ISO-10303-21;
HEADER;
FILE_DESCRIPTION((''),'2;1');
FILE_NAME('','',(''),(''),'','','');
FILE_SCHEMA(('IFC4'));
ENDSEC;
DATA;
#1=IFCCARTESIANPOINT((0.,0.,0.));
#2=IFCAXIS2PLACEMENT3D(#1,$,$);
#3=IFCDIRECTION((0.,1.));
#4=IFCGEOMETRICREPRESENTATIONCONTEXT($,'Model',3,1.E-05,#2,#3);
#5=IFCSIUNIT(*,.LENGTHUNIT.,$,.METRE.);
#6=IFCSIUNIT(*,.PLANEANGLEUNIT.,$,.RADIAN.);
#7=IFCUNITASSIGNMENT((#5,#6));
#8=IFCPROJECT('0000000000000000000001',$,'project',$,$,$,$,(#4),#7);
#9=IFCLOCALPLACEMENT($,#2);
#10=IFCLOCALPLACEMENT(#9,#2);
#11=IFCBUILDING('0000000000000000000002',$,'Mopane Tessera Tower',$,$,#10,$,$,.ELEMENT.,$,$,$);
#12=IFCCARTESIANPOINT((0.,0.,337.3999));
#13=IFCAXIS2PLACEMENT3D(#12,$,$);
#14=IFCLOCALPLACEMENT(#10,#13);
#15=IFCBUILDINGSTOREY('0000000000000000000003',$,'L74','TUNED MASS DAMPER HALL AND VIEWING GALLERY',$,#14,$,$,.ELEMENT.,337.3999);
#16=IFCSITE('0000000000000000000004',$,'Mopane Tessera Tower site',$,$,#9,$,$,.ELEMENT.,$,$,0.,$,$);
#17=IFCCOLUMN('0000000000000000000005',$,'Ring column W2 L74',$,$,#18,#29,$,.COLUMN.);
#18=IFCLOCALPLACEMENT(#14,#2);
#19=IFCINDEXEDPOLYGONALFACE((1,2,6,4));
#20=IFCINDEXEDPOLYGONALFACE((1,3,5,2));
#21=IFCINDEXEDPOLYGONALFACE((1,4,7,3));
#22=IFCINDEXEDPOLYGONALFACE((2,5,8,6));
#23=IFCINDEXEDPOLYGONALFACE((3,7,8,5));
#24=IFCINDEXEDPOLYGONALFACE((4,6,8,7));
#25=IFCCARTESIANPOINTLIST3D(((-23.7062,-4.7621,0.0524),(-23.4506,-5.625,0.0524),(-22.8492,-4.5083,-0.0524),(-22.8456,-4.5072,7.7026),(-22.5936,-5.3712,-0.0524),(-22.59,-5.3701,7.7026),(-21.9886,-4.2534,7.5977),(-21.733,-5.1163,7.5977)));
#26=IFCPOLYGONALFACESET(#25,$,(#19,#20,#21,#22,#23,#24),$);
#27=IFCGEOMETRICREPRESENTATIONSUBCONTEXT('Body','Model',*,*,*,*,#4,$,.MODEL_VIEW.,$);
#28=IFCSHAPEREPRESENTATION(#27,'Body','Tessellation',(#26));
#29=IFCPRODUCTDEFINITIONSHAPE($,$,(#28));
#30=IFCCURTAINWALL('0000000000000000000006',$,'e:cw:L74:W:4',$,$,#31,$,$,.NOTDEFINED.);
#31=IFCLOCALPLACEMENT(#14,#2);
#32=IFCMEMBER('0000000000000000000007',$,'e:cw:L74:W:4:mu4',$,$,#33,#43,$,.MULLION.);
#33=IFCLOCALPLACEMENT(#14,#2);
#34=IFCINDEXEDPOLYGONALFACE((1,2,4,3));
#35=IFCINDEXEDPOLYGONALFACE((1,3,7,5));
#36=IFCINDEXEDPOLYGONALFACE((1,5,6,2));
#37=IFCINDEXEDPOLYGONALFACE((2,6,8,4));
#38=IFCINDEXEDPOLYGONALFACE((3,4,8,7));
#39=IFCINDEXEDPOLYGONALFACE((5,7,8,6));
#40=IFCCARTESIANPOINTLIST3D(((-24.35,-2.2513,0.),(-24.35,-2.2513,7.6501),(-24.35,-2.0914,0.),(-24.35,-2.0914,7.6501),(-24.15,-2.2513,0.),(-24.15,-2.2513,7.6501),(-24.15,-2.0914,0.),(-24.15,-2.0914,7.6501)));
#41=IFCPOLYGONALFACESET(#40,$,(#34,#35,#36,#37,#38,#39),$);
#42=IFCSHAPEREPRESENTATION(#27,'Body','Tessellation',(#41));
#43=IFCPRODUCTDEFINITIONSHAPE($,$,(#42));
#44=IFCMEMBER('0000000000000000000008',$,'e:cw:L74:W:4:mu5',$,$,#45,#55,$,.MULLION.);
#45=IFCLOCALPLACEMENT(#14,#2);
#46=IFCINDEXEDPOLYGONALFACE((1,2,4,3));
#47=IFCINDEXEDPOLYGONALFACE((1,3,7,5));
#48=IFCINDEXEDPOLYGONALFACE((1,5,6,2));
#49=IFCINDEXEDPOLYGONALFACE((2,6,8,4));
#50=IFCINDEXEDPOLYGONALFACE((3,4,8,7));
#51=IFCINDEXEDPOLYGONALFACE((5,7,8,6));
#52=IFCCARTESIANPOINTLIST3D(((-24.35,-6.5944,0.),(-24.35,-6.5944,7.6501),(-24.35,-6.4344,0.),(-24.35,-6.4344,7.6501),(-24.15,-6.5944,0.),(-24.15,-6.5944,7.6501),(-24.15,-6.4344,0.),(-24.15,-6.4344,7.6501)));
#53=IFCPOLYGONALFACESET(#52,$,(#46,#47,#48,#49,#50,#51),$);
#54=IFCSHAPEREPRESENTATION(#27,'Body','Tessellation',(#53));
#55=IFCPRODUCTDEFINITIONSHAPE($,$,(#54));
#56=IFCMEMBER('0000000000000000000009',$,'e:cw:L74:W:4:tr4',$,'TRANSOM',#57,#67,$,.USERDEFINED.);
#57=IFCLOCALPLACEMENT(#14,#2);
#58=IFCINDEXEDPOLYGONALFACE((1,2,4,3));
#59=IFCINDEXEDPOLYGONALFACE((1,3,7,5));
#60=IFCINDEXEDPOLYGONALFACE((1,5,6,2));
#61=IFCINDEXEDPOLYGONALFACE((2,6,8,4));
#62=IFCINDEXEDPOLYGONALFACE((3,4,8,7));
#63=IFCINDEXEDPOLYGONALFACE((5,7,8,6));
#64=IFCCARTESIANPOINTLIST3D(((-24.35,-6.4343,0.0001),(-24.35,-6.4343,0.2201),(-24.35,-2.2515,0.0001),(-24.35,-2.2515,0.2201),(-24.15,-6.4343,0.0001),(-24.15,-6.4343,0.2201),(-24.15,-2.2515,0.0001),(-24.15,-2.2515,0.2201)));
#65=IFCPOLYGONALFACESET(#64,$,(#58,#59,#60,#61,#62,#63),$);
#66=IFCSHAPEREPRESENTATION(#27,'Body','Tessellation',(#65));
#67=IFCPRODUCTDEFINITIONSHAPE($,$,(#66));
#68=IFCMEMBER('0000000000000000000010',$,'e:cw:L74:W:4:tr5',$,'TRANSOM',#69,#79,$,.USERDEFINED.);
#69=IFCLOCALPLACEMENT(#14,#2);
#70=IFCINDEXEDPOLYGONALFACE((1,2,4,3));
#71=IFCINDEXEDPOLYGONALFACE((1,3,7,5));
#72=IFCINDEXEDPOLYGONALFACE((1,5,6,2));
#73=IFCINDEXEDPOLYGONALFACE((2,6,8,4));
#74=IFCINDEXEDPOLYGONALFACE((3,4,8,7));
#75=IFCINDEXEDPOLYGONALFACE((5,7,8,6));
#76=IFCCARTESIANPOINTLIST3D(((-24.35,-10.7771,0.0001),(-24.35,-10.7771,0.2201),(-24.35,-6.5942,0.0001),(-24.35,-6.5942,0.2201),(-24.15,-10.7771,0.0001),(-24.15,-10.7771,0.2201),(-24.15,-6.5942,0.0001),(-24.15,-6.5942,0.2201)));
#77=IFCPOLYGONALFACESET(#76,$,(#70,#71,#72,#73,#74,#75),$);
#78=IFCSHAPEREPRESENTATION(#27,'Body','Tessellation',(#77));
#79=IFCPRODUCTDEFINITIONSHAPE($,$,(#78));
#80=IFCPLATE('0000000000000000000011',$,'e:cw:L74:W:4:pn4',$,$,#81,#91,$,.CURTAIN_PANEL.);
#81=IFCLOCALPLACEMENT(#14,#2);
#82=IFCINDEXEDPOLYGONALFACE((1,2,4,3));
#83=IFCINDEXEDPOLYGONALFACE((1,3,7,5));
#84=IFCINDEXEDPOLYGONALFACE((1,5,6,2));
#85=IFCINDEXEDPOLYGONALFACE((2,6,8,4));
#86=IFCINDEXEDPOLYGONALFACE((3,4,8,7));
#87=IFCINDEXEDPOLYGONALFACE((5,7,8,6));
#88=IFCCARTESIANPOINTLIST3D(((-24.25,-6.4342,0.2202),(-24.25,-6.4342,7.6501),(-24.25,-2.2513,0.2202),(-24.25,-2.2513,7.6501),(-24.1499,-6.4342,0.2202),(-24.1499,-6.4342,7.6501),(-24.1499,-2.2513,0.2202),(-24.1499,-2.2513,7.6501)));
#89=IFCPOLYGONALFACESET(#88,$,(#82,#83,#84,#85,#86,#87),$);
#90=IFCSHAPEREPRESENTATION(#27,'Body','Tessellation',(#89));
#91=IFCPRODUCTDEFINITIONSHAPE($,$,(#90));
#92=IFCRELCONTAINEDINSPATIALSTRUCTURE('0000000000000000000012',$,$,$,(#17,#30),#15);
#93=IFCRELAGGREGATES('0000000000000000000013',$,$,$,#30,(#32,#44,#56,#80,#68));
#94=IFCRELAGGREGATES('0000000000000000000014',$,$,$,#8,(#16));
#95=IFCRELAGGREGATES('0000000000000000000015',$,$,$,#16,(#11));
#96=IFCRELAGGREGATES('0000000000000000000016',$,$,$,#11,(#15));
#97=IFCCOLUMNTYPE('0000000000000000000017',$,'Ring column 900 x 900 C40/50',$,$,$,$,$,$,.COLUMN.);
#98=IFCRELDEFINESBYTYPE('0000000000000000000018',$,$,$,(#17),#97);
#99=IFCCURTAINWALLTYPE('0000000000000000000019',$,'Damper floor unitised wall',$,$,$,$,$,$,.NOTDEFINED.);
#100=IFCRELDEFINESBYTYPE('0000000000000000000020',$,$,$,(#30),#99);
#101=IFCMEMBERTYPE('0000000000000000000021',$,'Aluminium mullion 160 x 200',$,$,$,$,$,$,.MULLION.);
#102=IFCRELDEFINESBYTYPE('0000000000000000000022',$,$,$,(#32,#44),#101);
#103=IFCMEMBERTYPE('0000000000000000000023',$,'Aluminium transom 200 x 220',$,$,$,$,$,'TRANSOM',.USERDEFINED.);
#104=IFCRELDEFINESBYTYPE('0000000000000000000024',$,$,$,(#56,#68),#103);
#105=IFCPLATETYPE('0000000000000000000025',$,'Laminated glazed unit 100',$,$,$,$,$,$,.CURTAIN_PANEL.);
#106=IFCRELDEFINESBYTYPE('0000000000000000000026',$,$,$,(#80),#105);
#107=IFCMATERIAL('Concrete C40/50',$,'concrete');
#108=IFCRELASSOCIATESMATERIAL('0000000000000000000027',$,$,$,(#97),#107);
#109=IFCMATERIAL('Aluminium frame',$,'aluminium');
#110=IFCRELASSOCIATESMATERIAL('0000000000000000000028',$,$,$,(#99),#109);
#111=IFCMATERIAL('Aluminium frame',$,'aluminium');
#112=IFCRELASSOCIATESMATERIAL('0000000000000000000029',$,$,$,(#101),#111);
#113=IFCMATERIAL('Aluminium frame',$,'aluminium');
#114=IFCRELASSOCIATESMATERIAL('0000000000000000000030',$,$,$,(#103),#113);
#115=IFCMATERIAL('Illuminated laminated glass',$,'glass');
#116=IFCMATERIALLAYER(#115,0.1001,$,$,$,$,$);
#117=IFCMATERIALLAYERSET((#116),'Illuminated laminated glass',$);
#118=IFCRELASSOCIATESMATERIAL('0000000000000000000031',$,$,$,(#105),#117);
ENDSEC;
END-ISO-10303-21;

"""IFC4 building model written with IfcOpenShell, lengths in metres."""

from ifc_helpers import new_model, si_unit, direction, frame, origin, origin_2d, place, context, subcontext, project, spatial, rectangle, extrude, material, layer, layer_set, material_profile, profile_set, type_object, element, aggregate, save


model = new_model("IFC4")

# Units and contexts
model_context = context("Model", 3, precision=1e-05, world=origin(), true_north=direction((0.0, 1.0)))
body_context = subcontext(model_context, "Body", "Model", "MODEL_VIEW")
ifc_project = project(units=[si_unit("LENGTHUNIT", "METRE"), si_unit("PLANEANGLEUNIT", "RADIAN")], contexts=[model_context])

# Site, building, storey
site_placement = place(None, origin())
site = spatial("IfcSite", under=ifc_project, at=site_placement, Name="Mopane Tessera Tower site", CompositionType="ELEMENT", RefElevation=0.0)
building_placement = place(site_placement, origin())
building = spatial("IfcBuilding", under=site, at=building_placement, Name="Mopane Tessera Tower", CompositionType="ELEMENT")
storey_placement = place(building_placement, frame((0.0, 0.0, 337.3999)))
storey = spatial("IfcBuildingStorey", under=building, at=storey_placement, Name="L74", Description="TUNED MASS DAMPER HALL AND VIEWING GALLERY", CompositionType="ELEMENT", Elevation=337.3999)

# Column
ifc_material_1 = material(Name="Concrete C40/50", Category="concrete")
ifc_material_profile_1 = material_profile(ifc_material_1, rectangle(XDim=0.8999, YDim=0.8999, at=origin_2d()))
ifc_profile_set_1 = profile_set([ifc_material_profile_1], Name="Concrete C40/50")
column_type = type_object("IfcColumnType", Name="Ring column 900 x 900 C40/50", PredefinedType="COLUMN", material=ifc_profile_set_1)
column_placement = place(storey_placement, frame((-23.1499, -5.0667, 0.0), z_axis=(0.111728, 0.03309, 0.993188), x_axis=(-0.283977, 0.958831, 0.0)))
element("IfcColumn", 1, at=column_placement, inside=storey, type_object=column_type, Name="Ring column W2 L74", PredefinedType="COLUMN", context=body_context, shape_type="SweptSolid", body=[
    extrude(rectangle(XDim=0.8999, YDim=0.8999, at=origin_2d()), origin(), (0.0, 0.0, 1.0), 7.7026),
])

# Curtain wall, members, plate
ifc_material_2 = material(Name="Aluminium frame", Category="aluminium")
curtain_wall_type = type_object("IfcCurtainWallType", Name="Damper floor unitised wall", PredefinedType="NOTDEFINED", material=ifc_material_2)
curtain_wall_placement = place(storey_placement, origin())
curtain_wall = element("IfcCurtainWall", 2, at=curtain_wall_placement, inside=storey, type_object=curtain_wall_type, Name="e:cw:L74:W:4", PredefinedType="NOTDEFINED")
ifc_material_3 = material(Name="Aluminium frame", Category="aluminium")
ifc_material_profile_2 = material_profile(ifc_material_3, rectangle(XDim=0.1599, YDim=0.2, at=origin_2d()))
ifc_profile_set_2 = profile_set([ifc_material_profile_2], Name="Aluminium frame")
member_type_1 = type_object("IfcMemberType", Name="Aluminium mullion 160 x 200", PredefinedType="MULLION", material=ifc_profile_set_2)
member_1_placement = place(storey_placement, frame((-24.25, -2.1714, 0.0), z_axis=(0.0, 0.0, 1.0), x_axis=(0.0, -1.0, 0.0)))
member_1 = element("IfcMember", 3, at=member_1_placement, type_object=member_type_1, Name="e:cw:L74:W:4:mu4", PredefinedType="MULLION", context=body_context, shape_type="SweptSolid", body=[
    extrude(rectangle(XDim=0.1599, YDim=0.2, at=origin_2d()), origin(), (0.0, 0.0, 1.0), 7.6501),
])
member_2_placement = place(storey_placement, frame((-24.25, -6.5144, 0.0), z_axis=(0.0, 0.0, 1.0), x_axis=(0.0, -1.0, 0.0)))
member_2 = element("IfcMember", 4, at=member_2_placement, type_object=member_type_1, Name="e:cw:L74:W:4:mu5", PredefinedType="MULLION", context=body_context, shape_type="SweptSolid", body=[
    extrude(rectangle(XDim=0.1599, YDim=0.2, at=origin_2d()), origin(), (0.0, 0.0, 1.0), 7.6501),
])
ifc_material_4 = material(Name="Aluminium frame", Category="aluminium")
ifc_material_profile_3 = material_profile(ifc_material_4, rectangle(XDim=0.2, YDim=0.22, at=origin_2d()))
ifc_profile_set_3 = profile_set([ifc_material_profile_3], Name="Aluminium frame")
member_type_2 = type_object("IfcMemberType", Name="Aluminium transom 200 x 220", ElementType="TRANSOM", PredefinedType="USERDEFINED", material=ifc_profile_set_3)
member_3_placement = place(storey_placement, frame((-24.25, -2.2515, 0.1101), z_axis=(0.0, -1.0, 0.0), x_axis=(1.0, 0.0, 0.0)))
member_3 = element("IfcMember", 5, at=member_3_placement, type_object=member_type_2, Name="e:cw:L74:W:4:tr4", ObjectType="TRANSOM", PredefinedType="USERDEFINED", context=body_context, shape_type="SweptSolid", body=[
    extrude(rectangle(XDim=0.2, YDim=0.22, at=origin_2d()), origin(), (0.0, 0.0, 1.0), 4.1829),
])
member_4_placement = place(storey_placement, frame((-24.25, -6.5942, 0.1101), z_axis=(0.0, -1.0, 0.0), x_axis=(1.0, 0.0, 0.0)))
member_4 = element("IfcMember", 6, at=member_4_placement, type_object=member_type_2, Name="e:cw:L74:W:4:tr5", ObjectType="TRANSOM", PredefinedType="USERDEFINED", context=body_context, shape_type="SweptSolid", body=[
    extrude(rectangle(XDim=0.2, YDim=0.22, at=origin_2d()), origin(), (0.0, 0.0, 1.0), 4.1829),
])
ifc_material_5 = material(Name="Illuminated laminated glass", Category="glass")
ifc_layer_1 = layer(ifc_material_5, 0.1001)
ifc_layer_set_1 = layer_set([ifc_layer_1], Name="Illuminated laminated glass")
plate_type = type_object("IfcPlateType", Name="Laminated glazed unit 100", PredefinedType="CURTAIN_PANEL", material=ifc_layer_set_1)
plate_placement = place(storey_placement, frame((-24.2, -4.3428, 0.2202), z_axis=(0.0, 0.0, 1.0), x_axis=(0.0, -1.0, 0.0)))
plate = element("IfcPlate", 7, at=plate_placement, type_object=plate_type, Name="e:cw:L74:W:4:pn4", PredefinedType="CURTAIN_PANEL", context=body_context, shape_type="SweptSolid", body=[
    extrude(rectangle(XDim=4.1829, YDim=0.1001, at=origin_2d()), origin(), (0.0, 0.0, 1.0), 7.4299),
])
aggregate(curtain_wall, [member_1, member_2, member_3, plate, member_4])

save(model, "model.ifc")
